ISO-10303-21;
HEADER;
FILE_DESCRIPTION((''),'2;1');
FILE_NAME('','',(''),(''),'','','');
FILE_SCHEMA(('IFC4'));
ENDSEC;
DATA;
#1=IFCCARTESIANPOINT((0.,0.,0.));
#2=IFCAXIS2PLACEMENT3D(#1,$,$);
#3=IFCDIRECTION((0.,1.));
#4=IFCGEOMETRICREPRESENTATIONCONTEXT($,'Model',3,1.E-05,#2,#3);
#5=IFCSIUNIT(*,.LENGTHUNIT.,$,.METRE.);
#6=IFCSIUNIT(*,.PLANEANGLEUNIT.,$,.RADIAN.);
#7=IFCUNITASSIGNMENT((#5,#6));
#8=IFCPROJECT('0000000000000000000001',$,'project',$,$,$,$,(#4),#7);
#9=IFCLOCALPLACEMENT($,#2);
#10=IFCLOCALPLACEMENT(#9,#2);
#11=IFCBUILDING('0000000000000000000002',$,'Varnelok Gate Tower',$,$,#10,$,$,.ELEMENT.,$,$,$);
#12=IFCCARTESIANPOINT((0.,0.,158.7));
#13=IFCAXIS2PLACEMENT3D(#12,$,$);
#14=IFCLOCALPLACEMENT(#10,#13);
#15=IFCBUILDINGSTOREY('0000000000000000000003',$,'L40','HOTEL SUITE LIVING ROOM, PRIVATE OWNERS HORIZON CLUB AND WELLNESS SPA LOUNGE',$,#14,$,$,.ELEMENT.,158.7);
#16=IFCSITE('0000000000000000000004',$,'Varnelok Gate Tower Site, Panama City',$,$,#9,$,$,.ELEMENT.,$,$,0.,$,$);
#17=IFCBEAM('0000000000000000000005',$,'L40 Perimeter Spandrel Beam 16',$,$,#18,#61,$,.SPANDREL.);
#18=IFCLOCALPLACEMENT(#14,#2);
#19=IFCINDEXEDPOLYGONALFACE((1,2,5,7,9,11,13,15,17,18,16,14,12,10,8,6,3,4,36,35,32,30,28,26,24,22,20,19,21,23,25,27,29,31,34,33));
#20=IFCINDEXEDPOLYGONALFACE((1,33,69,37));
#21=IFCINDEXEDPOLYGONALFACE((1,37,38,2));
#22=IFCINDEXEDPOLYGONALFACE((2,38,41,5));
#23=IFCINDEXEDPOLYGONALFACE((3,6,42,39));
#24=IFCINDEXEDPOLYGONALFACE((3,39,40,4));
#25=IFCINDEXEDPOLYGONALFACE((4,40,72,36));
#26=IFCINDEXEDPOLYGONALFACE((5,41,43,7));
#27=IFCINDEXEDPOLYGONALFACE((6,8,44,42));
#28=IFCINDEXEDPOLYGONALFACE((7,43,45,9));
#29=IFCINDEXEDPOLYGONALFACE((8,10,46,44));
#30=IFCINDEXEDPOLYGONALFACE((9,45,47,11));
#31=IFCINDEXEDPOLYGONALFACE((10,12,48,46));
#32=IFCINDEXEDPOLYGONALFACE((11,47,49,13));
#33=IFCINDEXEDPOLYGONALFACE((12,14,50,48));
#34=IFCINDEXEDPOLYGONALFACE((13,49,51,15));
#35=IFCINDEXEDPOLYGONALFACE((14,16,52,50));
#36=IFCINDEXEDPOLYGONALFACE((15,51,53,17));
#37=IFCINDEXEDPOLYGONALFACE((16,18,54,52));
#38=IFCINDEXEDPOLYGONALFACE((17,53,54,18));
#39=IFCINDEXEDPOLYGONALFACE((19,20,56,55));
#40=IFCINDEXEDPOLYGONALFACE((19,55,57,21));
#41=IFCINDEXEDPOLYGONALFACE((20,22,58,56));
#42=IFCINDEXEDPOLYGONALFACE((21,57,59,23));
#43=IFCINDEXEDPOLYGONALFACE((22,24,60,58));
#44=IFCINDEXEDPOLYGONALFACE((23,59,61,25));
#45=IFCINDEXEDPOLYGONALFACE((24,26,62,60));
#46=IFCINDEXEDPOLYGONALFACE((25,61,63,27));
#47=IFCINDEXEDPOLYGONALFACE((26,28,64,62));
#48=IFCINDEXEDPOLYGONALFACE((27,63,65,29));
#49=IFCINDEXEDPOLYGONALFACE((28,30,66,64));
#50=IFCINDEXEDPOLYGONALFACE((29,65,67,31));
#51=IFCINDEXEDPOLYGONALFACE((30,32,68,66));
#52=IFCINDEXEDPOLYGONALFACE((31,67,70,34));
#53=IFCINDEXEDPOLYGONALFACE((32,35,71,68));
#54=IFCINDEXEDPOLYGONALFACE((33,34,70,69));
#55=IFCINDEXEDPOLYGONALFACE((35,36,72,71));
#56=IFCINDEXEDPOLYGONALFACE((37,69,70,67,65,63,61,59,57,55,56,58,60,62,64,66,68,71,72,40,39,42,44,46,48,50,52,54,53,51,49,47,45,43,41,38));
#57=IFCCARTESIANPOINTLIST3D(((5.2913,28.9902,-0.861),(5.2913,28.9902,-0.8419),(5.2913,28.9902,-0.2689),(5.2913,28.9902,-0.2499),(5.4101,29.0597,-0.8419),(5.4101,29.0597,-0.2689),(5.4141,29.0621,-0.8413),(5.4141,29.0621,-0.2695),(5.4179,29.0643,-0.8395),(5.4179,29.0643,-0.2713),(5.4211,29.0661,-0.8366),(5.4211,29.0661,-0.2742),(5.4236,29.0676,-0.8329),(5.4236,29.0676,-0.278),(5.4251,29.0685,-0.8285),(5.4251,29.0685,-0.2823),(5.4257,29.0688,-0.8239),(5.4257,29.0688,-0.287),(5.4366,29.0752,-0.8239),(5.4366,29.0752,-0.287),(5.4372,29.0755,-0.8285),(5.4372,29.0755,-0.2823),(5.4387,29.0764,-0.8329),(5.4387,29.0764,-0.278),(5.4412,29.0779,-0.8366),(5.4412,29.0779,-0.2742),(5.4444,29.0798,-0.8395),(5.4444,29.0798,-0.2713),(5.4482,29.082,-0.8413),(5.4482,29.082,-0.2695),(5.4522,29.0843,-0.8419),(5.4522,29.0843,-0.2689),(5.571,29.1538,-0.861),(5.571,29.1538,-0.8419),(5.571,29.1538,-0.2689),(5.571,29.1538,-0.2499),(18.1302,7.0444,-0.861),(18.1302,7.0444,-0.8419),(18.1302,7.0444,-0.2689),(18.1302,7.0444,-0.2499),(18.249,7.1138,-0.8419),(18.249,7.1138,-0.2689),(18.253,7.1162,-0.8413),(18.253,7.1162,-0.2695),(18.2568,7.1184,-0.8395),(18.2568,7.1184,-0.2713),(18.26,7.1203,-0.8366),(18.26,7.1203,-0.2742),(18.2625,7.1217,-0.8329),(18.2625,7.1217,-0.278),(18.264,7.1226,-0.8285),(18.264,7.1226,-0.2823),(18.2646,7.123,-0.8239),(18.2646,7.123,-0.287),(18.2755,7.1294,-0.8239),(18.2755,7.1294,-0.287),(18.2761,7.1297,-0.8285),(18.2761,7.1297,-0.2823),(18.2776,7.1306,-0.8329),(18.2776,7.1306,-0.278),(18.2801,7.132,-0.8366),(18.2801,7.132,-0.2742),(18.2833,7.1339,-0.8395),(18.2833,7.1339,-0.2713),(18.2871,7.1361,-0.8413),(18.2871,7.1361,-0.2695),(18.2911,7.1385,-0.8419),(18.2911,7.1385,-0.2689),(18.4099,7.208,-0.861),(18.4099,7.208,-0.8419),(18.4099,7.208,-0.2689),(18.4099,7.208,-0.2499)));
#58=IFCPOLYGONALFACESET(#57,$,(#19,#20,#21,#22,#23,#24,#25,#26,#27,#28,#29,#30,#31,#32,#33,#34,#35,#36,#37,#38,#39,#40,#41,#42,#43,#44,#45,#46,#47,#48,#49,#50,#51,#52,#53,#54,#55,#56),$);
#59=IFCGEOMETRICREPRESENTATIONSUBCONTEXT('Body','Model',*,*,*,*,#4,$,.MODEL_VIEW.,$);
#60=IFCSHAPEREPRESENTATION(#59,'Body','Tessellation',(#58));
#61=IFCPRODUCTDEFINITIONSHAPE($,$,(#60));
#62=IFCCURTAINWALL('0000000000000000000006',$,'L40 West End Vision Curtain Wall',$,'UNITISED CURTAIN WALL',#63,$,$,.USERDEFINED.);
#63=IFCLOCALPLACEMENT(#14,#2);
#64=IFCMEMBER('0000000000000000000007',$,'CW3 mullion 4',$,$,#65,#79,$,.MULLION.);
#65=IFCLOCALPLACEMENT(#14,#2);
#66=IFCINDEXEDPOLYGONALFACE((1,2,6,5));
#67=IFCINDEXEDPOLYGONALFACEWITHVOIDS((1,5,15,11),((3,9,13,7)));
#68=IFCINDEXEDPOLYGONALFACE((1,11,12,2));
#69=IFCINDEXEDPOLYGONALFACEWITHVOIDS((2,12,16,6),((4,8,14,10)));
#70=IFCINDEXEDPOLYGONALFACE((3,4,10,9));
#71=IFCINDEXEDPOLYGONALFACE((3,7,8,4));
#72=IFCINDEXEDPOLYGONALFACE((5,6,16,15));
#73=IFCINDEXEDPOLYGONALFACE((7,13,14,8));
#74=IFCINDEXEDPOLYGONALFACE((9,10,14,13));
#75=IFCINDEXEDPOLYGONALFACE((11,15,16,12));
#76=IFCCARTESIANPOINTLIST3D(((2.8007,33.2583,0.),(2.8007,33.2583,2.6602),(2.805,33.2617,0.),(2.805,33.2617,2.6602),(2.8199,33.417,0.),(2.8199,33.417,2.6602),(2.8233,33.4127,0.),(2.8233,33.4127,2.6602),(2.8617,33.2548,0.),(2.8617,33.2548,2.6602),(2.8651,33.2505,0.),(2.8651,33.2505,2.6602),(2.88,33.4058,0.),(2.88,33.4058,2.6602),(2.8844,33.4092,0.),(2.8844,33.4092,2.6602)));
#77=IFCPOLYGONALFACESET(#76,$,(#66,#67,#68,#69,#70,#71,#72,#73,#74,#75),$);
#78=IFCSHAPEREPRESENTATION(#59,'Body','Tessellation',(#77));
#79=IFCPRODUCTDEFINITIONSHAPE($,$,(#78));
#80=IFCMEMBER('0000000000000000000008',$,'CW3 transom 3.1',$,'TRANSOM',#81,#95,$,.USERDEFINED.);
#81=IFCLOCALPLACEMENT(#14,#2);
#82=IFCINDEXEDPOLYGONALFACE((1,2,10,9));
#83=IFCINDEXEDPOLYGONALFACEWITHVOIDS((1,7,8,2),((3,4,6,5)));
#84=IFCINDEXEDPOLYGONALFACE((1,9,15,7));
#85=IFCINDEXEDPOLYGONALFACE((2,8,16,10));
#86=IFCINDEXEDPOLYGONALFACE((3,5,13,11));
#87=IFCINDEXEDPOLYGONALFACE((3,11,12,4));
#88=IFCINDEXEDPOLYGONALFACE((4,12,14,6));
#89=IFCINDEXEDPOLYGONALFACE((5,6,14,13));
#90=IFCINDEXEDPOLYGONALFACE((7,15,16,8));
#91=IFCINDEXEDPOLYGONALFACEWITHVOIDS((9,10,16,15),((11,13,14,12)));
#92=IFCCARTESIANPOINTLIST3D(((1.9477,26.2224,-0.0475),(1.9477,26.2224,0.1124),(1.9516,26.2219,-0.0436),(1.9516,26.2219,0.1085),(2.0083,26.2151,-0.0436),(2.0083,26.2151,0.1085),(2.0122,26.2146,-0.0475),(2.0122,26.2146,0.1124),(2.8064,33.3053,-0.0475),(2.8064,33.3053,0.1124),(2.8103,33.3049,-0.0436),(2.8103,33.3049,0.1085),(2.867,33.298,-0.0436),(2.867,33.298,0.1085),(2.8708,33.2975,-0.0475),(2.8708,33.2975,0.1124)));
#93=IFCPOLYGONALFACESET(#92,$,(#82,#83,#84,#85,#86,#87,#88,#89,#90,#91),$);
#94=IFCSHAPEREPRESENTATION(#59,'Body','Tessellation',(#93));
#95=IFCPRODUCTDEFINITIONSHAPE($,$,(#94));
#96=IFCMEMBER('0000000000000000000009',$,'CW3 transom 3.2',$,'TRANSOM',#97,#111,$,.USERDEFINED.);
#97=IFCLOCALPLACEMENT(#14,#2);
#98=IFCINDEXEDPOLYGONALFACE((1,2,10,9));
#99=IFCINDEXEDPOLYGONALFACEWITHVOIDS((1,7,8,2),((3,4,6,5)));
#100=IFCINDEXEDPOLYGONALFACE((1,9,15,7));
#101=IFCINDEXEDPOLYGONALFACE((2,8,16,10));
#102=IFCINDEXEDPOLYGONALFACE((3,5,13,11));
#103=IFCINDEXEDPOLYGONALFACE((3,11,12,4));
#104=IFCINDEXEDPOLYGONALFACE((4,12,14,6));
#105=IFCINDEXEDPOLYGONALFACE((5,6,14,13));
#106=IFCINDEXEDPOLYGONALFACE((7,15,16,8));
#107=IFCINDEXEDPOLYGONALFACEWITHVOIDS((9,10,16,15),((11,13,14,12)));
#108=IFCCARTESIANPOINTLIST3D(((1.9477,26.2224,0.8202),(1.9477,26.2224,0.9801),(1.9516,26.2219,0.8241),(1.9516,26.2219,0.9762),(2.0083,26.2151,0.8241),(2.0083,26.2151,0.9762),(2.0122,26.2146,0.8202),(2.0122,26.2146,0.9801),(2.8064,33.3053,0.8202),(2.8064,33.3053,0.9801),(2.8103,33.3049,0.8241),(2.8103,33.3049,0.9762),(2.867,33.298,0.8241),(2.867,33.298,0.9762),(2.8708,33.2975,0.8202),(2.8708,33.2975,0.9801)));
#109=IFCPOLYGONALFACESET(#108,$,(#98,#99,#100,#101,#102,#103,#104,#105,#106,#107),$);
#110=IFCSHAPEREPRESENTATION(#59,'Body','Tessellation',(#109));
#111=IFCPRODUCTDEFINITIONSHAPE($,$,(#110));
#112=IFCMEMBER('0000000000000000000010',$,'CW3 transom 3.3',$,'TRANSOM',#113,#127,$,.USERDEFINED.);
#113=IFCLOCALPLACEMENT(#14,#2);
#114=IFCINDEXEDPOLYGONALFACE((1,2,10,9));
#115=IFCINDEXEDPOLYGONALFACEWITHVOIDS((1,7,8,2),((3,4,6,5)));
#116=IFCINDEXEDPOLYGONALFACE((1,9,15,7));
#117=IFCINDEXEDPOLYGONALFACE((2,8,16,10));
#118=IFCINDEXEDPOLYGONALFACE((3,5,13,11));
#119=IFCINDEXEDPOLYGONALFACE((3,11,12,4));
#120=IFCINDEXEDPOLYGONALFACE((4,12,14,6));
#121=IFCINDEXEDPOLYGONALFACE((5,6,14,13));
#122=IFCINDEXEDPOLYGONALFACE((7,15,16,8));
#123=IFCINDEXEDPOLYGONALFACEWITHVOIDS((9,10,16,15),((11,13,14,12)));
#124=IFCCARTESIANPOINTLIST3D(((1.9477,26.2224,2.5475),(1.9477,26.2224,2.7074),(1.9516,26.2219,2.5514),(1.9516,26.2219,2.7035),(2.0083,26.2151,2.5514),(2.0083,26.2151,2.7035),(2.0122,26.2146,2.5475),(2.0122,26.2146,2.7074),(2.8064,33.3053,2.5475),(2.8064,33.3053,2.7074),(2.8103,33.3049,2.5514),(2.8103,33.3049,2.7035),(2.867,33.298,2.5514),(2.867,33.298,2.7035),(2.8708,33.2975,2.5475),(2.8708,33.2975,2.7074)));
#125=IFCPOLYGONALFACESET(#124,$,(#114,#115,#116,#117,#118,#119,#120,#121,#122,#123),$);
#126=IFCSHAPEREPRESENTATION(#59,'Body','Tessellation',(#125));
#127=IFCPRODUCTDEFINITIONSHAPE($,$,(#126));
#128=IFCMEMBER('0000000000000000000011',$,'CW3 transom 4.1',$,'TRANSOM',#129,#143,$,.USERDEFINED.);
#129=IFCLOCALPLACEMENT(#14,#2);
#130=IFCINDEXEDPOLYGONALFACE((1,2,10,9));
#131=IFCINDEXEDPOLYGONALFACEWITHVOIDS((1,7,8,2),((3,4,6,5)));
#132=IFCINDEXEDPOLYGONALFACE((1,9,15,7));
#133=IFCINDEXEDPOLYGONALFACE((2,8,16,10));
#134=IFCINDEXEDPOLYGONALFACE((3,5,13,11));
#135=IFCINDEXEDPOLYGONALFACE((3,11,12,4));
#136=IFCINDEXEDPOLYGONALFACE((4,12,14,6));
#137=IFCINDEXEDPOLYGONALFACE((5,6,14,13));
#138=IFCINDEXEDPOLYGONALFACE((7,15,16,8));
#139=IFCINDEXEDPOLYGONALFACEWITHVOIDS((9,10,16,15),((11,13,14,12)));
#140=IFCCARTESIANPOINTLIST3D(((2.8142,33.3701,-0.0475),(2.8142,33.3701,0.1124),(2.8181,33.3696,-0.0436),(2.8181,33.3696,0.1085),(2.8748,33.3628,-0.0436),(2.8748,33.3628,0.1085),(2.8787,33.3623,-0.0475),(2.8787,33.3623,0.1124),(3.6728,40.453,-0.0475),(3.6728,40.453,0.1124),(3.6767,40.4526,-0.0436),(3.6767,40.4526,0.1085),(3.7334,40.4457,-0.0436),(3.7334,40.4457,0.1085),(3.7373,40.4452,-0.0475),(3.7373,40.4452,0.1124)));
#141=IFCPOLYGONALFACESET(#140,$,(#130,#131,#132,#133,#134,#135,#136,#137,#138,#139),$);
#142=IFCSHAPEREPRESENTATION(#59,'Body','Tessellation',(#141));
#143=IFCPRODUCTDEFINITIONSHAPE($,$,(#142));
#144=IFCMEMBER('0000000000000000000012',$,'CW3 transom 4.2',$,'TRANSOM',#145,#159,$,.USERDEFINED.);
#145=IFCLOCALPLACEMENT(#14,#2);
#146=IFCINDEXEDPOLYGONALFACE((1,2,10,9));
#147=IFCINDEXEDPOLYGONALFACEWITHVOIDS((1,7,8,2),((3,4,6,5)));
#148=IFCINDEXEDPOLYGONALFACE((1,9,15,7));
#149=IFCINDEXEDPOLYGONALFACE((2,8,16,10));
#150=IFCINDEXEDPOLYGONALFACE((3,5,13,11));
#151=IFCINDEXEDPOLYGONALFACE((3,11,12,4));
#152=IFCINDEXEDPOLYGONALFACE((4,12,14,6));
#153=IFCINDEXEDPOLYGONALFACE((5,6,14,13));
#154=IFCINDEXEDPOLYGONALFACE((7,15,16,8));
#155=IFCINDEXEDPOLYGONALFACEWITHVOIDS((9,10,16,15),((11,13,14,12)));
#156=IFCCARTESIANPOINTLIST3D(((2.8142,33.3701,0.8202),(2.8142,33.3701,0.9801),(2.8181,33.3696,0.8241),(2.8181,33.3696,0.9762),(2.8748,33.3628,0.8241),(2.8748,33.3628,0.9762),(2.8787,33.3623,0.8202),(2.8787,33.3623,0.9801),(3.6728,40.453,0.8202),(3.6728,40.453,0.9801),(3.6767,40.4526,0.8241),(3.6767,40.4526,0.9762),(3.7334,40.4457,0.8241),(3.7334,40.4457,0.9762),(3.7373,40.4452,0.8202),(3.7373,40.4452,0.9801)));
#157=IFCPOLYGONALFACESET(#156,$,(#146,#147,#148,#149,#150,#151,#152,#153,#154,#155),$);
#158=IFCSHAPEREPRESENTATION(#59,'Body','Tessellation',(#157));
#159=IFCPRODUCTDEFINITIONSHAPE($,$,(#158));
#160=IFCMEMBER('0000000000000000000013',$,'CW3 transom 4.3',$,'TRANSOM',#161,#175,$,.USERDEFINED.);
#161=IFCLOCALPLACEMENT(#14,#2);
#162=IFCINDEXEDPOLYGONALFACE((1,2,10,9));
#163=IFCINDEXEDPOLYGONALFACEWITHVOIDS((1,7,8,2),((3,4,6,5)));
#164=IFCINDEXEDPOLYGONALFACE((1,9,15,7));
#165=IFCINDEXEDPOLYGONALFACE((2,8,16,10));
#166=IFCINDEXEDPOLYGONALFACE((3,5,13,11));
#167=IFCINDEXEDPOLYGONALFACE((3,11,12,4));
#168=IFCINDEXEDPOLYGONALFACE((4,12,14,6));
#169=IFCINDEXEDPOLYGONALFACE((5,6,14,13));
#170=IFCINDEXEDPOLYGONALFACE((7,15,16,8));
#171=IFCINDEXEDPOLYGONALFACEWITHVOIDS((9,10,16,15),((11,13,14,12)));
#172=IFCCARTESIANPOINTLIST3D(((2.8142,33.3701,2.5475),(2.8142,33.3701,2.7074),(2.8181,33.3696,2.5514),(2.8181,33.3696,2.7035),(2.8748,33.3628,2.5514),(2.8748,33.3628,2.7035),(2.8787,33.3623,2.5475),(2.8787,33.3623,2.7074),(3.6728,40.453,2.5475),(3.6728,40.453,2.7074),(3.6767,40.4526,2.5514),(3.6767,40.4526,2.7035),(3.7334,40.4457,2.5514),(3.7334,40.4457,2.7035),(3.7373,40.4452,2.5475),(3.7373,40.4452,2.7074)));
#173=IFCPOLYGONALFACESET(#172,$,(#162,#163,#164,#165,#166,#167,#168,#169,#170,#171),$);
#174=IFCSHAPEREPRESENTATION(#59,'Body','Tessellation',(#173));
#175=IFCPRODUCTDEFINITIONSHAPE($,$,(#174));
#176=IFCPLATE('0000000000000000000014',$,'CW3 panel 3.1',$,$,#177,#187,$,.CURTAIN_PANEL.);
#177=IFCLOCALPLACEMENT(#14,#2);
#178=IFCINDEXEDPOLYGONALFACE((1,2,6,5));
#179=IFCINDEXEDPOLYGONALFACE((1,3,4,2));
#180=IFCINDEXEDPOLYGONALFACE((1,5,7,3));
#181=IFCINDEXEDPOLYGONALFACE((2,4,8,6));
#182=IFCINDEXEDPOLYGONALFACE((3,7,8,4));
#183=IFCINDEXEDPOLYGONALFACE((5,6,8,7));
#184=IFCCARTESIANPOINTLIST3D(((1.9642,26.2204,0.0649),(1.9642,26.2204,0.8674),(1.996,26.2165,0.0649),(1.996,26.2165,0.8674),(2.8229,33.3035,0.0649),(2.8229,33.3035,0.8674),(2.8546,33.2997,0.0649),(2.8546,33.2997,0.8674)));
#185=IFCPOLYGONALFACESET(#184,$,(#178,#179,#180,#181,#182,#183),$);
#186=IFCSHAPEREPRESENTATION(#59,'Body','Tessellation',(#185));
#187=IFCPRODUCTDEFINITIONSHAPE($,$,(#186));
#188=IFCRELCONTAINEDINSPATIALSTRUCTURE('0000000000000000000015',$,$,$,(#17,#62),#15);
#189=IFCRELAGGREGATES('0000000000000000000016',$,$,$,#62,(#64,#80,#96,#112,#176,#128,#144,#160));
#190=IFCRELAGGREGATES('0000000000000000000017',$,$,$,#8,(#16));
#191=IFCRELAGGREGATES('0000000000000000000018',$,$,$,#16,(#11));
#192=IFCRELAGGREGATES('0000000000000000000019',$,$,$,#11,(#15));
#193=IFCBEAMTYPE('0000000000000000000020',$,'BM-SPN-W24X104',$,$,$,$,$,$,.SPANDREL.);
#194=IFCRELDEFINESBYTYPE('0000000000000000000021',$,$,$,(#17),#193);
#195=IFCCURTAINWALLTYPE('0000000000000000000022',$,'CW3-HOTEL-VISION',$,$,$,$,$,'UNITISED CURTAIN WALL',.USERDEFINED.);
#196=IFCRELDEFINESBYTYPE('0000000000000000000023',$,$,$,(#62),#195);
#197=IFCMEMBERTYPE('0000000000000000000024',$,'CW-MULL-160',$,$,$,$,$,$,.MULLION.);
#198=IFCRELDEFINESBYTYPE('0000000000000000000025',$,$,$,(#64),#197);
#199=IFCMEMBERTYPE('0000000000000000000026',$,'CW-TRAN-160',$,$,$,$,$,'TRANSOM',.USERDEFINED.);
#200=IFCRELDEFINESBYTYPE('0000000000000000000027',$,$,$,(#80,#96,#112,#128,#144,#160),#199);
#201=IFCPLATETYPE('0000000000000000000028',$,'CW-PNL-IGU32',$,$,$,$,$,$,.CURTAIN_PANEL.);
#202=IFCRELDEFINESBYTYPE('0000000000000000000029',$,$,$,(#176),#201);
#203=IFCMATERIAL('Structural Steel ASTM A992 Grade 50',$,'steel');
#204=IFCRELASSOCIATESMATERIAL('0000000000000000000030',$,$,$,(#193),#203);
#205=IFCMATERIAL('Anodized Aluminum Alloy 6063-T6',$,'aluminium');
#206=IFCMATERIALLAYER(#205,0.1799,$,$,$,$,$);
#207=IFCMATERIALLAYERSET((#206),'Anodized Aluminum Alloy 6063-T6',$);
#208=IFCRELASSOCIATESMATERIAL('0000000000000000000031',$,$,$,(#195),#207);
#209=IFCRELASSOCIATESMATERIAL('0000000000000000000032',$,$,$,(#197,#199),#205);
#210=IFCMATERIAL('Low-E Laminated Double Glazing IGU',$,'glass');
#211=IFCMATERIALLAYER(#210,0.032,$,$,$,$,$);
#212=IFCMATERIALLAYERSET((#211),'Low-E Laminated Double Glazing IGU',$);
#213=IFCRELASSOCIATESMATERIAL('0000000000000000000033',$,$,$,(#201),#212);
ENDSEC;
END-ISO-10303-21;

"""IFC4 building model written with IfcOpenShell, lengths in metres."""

from ifc_helpers import new_model, si_unit, direction, frame, origin, origin_2d, place, context, subcontext, project, spatial, rectangle, hollow_rectangle, i_section, extrude, source, transform, mapped, material, layer, layer_set, material_profile, profile_set, type_object, element, aggregate, save


model = new_model("IFC4")

# Units and contexts
model_context = context("Model", 3, precision=1e-05, world=origin(), true_north=direction((0.0, 1.0)))
body_context = subcontext(model_context, "Body", "Model", "MODEL_VIEW")
ifc_project = project(units=[si_unit("LENGTHUNIT", "METRE"), si_unit("PLANEANGLEUNIT", "RADIAN")], contexts=[model_context])

# Site, building, storey
site_placement = place(None, origin())
site = spatial("IfcSite", under=ifc_project, at=site_placement, Name="Varnelok Gate Tower Site, Panama City", CompositionType="ELEMENT", RefElevation=0.0)
building_placement = place(site_placement, origin())
building = spatial("IfcBuilding", under=site, at=building_placement, Name="Varnelok Gate Tower", CompositionType="ELEMENT")
storey_placement = place(building_placement, frame((0.0, 0.0, 158.7)))
storey = spatial("IfcBuildingStorey", under=building, at=storey_placement, Name="L40", Description="HOTEL SUITE LIVING ROOM, PRIVATE OWNERS HORIZON CLUB AND WELLNESS SPA LOUNGE", CompositionType="ELEMENT", Elevation=158.7)

# Shared definitions
ifc_material_1 = material(Name="Structural Steel ASTM A992 Grade 50", Category="steel")

# Beam
ifc_material_profile_1 = material_profile(ifc_material_1, i_section(OverallWidth=0.324, OverallDepth=0.6111, WebThickness=0.0127, FlangeThickness=0.019, FilletRadius=0.0181, at=origin_2d()), Name="W24X104")
ifc_profile_set_1 = profile_set([ifc_material_profile_1], Name="Structural Steel ASTM A992 Grade 50")
beam_type_1 = type_object("IfcBeamType", Name="BM-SPN-W24X104", PredefinedType="SPANDREL", material=ifc_profile_set_1)
beam_1_placement = place(storey_placement, frame((5.4312, 29.072, -0.5554), z_axis=(0.504961, -0.863142, 0.0), x_axis=(0.863142, 0.504961, 0.0)))
element("IfcBeam", 1, at=beam_1_placement, inside=storey, type_object=beam_type_1, Name="L40 Perimeter Spandrel Beam 16", PredefinedType="SPANDREL", context=body_context, shape_type="SweptSolid", body=[
    extrude(i_section(OverallWidth=0.324, OverallDepth=0.6111, WebThickness=0.0127, FlangeThickness=0.019, FilletRadius=0.0181, at=origin_2d()), origin(), (0.0, 0.0, 1.0), 25.4255),
])

# Curtain wall, members, plate
ifc_material_2 = material(Name="Anodized Aluminum Alloy 6063-T6", Category="aluminium")
ifc_layer_1 = layer(ifc_material_2, 0.1799)
ifc_layer_set_1 = layer_set([ifc_layer_1], Name="Anodized Aluminum Alloy 6063-T6")
curtain_wall_type = type_object("IfcCurtainWallType", Name="CW3-HOTEL-VISION", ElementType="UNITISED CURTAIN WALL", PredefinedType="USERDEFINED", material=ifc_layer_set_1)
curtain_wall_placement = place(storey_placement, origin())
curtain_wall = element("IfcCurtainWall", 2, at=curtain_wall_placement, inside=storey, type_object=curtain_wall_type, Name="L40 West End Vision Curtain Wall", ObjectType="UNITISED CURTAIN WALL", PredefinedType="USERDEFINED")
ifc_material_profile_2 = material_profile(ifc_material_2, hollow_rectangle(XDim=0.0649, YDim=0.1599, WallThickness=0.0039, at=origin_2d()), Name="ALU160X65X4")
ifc_profile_set_2 = profile_set([ifc_material_profile_2], Name="Anodized Aluminum Alloy 6063-T6")
member_type_1 = type_object("IfcMemberType", Name="CW-MULL-160", PredefinedType="MULLION", material=ifc_profile_set_2)
member_1_placement = place(storey_placement, frame((2.8425, 33.3337, 0.0), z_axis=(0.0, 0.0, 1.0), x_axis=(-0.992732, 0.120347, 0.0)))
member_1 = element("IfcMember", 3, at=member_1_placement, type_object=member_type_1, Name="CW3 mullion 4", PredefinedType="MULLION", context=body_context, shape_type="SweptSolid", body=[
    extrude(hollow_rectangle(XDim=0.0649, YDim=0.1599, WallThickness=0.0039, at=origin_2d()), origin(), (0.0, 0.0, 1.0), 2.6602),
])
ifc_material_profile_3 = material_profile(ifc_material_2, hollow_rectangle(XDim=0.0649, YDim=0.1599, WallThickness=0.0039, at=origin_2d()), Name="ALU160X65X4")
ifc_profile_set_3 = profile_set([ifc_material_profile_3], Name="Anodized Aluminum Alloy 6063-T6")
member_type_2 = type_object("IfcMemberType", Name="CW-TRAN-160", ElementType="TRANSOM", PredefinedType="USERDEFINED", material=ifc_profile_set_3)
member_2_placement = place(storey_placement, frame((1.98, 26.2185, 0.0325), z_axis=(0.120345, 0.992732, 0.0), x_axis=(-0.992732, 0.120345, 0.0)))
member_2 = element("IfcMember", 4, at=member_2_placement, type_object=member_type_2, Name="CW3 transom 3.1", ObjectType="TRANSOM", PredefinedType="USERDEFINED", context=body_context, shape_type="SweptSolid", body=[
    extrude(hollow_rectangle(XDim=0.0649, YDim=0.1599, WallThickness=0.0039, at=origin_2d()), origin(), (0.0, 0.0, 1.0), 7.1348),
])
member_3_placement = place(storey_placement, frame((1.98, 26.2185, 0.9001), z_axis=(0.120345, 0.992732, 0.0), x_axis=(-0.992732, 0.120345, 0.0)))
member_3 = element("IfcMember", 5, at=member_3_placement, type_object=member_type_2, Name="CW3 transom 3.2", ObjectType="TRANSOM", PredefinedType="USERDEFINED", context=body_context, shape_type="SweptSolid", body=[
    extrude(hollow_rectangle(XDim=0.0649, YDim=0.1599, WallThickness=0.0039, at=origin_2d()), origin(), (0.0, 0.0, 1.0), 7.1348),
])
member_4_placement = place(storey_placement, frame((1.98, 26.2185, 2.6274), z_axis=(0.120345, 0.992732, 0.0), x_axis=(-0.992732, 0.120345, 0.0)))
member_4 = element("IfcMember", 6, at=member_4_placement, type_object=member_type_2, Name="CW3 transom 3.3", ObjectType="TRANSOM", PredefinedType="USERDEFINED", context=body_context, shape_type="SweptSolid", body=[
    extrude(hollow_rectangle(XDim=0.0649, YDim=0.1599, WallThickness=0.0039, at=origin_2d()), origin(), (0.0, 0.0, 1.0), 7.1348),
])
member_5_placement = place(storey_placement, frame((2.8464, 33.3662, 0.0325), z_axis=(0.120345, 0.992732, 0.0), x_axis=(-0.992732, 0.120345, 0.0)))
member_5 = element("IfcMember", 7, at=member_5_placement, type_object=member_type_2, Name="CW3 transom 4.1", ObjectType="TRANSOM", PredefinedType="USERDEFINED", context=body_context, shape_type="SweptSolid", body=[
    extrude(hollow_rectangle(XDim=0.0649, YDim=0.1599, WallThickness=0.0039, at=origin_2d()), origin(), (0.0, 0.0, 1.0), 7.1348),
])
member_6_placement = place(storey_placement, frame((2.8464, 33.3662, 0.9001), z_axis=(0.120345, 0.992732, 0.0), x_axis=(-0.992732, 0.120345, 0.0)))
member_6 = element("IfcMember", 8, at=member_6_placement, type_object=member_type_2, Name="CW3 transom 4.2", ObjectType="TRANSOM", PredefinedType="USERDEFINED", context=body_context, shape_type="SweptSolid", body=[
    extrude(hollow_rectangle(XDim=0.0649, YDim=0.1599, WallThickness=0.0039, at=origin_2d()), origin(), (0.0, 0.0, 1.0), 7.1348),
])
member_7_placement = place(storey_placement, frame((2.8464, 33.3662, 2.6274), z_axis=(0.120345, 0.992732, 0.0), x_axis=(-0.992732, 0.120345, 0.0)))
member_7 = element("IfcMember", 9, at=member_7_placement, type_object=member_type_2, Name="CW3 transom 4.3", ObjectType="TRANSOM", PredefinedType="USERDEFINED", context=body_context, shape_type="SweptSolid", body=[
    extrude(hollow_rectangle(XDim=0.0649, YDim=0.1599, WallThickness=0.0039, at=origin_2d()), origin(), (0.0, 0.0, 1.0), 7.1348),
])
ifc_material_3 = material(Name="Low-E Laminated Double Glazing IGU", Category="glass")
ifc_layer_2 = layer(ifc_material_3, 0.032)
ifc_layer_set_2 = layer_set([ifc_layer_2], Name="Low-E Laminated Double Glazing IGU")
plate_type = type_object("IfcPlateType", Name="CW-PNL-IGU32", PredefinedType="CURTAIN_PANEL", material=ifc_layer_set_2)
shared_shape_1 = source(origin(), body_context, "Body", "SweptSolid", [
    extrude(rectangle(XDim=7.135, YDim=0.032, at=origin_2d()), origin(), (0.0, 0.0, 1.0), 0.8025),
])
plate_1_placement = place(storey_placement, frame((2.4094, 29.76, 0.0649), z_axis=(0.0, 0.0, 1.0), x_axis=(0.120347, 0.992732, 0.0)))
plate_1 = element("IfcPlate", 10, at=plate_1_placement, type_object=plate_type, Name="CW3 panel 3.1", PredefinedType="CURTAIN_PANEL", context=body_context, shape_type="MappedRepresentation", body=[
    mapped(shared_shape_1, transform((0.0, 0.0, 0.0), scale=1.0)),
])
aggregate(curtain_wall, [member_1, member_2, member_3, member_4, plate_1, member_5, member_6, member_7])

save(model, "model.ifc")
